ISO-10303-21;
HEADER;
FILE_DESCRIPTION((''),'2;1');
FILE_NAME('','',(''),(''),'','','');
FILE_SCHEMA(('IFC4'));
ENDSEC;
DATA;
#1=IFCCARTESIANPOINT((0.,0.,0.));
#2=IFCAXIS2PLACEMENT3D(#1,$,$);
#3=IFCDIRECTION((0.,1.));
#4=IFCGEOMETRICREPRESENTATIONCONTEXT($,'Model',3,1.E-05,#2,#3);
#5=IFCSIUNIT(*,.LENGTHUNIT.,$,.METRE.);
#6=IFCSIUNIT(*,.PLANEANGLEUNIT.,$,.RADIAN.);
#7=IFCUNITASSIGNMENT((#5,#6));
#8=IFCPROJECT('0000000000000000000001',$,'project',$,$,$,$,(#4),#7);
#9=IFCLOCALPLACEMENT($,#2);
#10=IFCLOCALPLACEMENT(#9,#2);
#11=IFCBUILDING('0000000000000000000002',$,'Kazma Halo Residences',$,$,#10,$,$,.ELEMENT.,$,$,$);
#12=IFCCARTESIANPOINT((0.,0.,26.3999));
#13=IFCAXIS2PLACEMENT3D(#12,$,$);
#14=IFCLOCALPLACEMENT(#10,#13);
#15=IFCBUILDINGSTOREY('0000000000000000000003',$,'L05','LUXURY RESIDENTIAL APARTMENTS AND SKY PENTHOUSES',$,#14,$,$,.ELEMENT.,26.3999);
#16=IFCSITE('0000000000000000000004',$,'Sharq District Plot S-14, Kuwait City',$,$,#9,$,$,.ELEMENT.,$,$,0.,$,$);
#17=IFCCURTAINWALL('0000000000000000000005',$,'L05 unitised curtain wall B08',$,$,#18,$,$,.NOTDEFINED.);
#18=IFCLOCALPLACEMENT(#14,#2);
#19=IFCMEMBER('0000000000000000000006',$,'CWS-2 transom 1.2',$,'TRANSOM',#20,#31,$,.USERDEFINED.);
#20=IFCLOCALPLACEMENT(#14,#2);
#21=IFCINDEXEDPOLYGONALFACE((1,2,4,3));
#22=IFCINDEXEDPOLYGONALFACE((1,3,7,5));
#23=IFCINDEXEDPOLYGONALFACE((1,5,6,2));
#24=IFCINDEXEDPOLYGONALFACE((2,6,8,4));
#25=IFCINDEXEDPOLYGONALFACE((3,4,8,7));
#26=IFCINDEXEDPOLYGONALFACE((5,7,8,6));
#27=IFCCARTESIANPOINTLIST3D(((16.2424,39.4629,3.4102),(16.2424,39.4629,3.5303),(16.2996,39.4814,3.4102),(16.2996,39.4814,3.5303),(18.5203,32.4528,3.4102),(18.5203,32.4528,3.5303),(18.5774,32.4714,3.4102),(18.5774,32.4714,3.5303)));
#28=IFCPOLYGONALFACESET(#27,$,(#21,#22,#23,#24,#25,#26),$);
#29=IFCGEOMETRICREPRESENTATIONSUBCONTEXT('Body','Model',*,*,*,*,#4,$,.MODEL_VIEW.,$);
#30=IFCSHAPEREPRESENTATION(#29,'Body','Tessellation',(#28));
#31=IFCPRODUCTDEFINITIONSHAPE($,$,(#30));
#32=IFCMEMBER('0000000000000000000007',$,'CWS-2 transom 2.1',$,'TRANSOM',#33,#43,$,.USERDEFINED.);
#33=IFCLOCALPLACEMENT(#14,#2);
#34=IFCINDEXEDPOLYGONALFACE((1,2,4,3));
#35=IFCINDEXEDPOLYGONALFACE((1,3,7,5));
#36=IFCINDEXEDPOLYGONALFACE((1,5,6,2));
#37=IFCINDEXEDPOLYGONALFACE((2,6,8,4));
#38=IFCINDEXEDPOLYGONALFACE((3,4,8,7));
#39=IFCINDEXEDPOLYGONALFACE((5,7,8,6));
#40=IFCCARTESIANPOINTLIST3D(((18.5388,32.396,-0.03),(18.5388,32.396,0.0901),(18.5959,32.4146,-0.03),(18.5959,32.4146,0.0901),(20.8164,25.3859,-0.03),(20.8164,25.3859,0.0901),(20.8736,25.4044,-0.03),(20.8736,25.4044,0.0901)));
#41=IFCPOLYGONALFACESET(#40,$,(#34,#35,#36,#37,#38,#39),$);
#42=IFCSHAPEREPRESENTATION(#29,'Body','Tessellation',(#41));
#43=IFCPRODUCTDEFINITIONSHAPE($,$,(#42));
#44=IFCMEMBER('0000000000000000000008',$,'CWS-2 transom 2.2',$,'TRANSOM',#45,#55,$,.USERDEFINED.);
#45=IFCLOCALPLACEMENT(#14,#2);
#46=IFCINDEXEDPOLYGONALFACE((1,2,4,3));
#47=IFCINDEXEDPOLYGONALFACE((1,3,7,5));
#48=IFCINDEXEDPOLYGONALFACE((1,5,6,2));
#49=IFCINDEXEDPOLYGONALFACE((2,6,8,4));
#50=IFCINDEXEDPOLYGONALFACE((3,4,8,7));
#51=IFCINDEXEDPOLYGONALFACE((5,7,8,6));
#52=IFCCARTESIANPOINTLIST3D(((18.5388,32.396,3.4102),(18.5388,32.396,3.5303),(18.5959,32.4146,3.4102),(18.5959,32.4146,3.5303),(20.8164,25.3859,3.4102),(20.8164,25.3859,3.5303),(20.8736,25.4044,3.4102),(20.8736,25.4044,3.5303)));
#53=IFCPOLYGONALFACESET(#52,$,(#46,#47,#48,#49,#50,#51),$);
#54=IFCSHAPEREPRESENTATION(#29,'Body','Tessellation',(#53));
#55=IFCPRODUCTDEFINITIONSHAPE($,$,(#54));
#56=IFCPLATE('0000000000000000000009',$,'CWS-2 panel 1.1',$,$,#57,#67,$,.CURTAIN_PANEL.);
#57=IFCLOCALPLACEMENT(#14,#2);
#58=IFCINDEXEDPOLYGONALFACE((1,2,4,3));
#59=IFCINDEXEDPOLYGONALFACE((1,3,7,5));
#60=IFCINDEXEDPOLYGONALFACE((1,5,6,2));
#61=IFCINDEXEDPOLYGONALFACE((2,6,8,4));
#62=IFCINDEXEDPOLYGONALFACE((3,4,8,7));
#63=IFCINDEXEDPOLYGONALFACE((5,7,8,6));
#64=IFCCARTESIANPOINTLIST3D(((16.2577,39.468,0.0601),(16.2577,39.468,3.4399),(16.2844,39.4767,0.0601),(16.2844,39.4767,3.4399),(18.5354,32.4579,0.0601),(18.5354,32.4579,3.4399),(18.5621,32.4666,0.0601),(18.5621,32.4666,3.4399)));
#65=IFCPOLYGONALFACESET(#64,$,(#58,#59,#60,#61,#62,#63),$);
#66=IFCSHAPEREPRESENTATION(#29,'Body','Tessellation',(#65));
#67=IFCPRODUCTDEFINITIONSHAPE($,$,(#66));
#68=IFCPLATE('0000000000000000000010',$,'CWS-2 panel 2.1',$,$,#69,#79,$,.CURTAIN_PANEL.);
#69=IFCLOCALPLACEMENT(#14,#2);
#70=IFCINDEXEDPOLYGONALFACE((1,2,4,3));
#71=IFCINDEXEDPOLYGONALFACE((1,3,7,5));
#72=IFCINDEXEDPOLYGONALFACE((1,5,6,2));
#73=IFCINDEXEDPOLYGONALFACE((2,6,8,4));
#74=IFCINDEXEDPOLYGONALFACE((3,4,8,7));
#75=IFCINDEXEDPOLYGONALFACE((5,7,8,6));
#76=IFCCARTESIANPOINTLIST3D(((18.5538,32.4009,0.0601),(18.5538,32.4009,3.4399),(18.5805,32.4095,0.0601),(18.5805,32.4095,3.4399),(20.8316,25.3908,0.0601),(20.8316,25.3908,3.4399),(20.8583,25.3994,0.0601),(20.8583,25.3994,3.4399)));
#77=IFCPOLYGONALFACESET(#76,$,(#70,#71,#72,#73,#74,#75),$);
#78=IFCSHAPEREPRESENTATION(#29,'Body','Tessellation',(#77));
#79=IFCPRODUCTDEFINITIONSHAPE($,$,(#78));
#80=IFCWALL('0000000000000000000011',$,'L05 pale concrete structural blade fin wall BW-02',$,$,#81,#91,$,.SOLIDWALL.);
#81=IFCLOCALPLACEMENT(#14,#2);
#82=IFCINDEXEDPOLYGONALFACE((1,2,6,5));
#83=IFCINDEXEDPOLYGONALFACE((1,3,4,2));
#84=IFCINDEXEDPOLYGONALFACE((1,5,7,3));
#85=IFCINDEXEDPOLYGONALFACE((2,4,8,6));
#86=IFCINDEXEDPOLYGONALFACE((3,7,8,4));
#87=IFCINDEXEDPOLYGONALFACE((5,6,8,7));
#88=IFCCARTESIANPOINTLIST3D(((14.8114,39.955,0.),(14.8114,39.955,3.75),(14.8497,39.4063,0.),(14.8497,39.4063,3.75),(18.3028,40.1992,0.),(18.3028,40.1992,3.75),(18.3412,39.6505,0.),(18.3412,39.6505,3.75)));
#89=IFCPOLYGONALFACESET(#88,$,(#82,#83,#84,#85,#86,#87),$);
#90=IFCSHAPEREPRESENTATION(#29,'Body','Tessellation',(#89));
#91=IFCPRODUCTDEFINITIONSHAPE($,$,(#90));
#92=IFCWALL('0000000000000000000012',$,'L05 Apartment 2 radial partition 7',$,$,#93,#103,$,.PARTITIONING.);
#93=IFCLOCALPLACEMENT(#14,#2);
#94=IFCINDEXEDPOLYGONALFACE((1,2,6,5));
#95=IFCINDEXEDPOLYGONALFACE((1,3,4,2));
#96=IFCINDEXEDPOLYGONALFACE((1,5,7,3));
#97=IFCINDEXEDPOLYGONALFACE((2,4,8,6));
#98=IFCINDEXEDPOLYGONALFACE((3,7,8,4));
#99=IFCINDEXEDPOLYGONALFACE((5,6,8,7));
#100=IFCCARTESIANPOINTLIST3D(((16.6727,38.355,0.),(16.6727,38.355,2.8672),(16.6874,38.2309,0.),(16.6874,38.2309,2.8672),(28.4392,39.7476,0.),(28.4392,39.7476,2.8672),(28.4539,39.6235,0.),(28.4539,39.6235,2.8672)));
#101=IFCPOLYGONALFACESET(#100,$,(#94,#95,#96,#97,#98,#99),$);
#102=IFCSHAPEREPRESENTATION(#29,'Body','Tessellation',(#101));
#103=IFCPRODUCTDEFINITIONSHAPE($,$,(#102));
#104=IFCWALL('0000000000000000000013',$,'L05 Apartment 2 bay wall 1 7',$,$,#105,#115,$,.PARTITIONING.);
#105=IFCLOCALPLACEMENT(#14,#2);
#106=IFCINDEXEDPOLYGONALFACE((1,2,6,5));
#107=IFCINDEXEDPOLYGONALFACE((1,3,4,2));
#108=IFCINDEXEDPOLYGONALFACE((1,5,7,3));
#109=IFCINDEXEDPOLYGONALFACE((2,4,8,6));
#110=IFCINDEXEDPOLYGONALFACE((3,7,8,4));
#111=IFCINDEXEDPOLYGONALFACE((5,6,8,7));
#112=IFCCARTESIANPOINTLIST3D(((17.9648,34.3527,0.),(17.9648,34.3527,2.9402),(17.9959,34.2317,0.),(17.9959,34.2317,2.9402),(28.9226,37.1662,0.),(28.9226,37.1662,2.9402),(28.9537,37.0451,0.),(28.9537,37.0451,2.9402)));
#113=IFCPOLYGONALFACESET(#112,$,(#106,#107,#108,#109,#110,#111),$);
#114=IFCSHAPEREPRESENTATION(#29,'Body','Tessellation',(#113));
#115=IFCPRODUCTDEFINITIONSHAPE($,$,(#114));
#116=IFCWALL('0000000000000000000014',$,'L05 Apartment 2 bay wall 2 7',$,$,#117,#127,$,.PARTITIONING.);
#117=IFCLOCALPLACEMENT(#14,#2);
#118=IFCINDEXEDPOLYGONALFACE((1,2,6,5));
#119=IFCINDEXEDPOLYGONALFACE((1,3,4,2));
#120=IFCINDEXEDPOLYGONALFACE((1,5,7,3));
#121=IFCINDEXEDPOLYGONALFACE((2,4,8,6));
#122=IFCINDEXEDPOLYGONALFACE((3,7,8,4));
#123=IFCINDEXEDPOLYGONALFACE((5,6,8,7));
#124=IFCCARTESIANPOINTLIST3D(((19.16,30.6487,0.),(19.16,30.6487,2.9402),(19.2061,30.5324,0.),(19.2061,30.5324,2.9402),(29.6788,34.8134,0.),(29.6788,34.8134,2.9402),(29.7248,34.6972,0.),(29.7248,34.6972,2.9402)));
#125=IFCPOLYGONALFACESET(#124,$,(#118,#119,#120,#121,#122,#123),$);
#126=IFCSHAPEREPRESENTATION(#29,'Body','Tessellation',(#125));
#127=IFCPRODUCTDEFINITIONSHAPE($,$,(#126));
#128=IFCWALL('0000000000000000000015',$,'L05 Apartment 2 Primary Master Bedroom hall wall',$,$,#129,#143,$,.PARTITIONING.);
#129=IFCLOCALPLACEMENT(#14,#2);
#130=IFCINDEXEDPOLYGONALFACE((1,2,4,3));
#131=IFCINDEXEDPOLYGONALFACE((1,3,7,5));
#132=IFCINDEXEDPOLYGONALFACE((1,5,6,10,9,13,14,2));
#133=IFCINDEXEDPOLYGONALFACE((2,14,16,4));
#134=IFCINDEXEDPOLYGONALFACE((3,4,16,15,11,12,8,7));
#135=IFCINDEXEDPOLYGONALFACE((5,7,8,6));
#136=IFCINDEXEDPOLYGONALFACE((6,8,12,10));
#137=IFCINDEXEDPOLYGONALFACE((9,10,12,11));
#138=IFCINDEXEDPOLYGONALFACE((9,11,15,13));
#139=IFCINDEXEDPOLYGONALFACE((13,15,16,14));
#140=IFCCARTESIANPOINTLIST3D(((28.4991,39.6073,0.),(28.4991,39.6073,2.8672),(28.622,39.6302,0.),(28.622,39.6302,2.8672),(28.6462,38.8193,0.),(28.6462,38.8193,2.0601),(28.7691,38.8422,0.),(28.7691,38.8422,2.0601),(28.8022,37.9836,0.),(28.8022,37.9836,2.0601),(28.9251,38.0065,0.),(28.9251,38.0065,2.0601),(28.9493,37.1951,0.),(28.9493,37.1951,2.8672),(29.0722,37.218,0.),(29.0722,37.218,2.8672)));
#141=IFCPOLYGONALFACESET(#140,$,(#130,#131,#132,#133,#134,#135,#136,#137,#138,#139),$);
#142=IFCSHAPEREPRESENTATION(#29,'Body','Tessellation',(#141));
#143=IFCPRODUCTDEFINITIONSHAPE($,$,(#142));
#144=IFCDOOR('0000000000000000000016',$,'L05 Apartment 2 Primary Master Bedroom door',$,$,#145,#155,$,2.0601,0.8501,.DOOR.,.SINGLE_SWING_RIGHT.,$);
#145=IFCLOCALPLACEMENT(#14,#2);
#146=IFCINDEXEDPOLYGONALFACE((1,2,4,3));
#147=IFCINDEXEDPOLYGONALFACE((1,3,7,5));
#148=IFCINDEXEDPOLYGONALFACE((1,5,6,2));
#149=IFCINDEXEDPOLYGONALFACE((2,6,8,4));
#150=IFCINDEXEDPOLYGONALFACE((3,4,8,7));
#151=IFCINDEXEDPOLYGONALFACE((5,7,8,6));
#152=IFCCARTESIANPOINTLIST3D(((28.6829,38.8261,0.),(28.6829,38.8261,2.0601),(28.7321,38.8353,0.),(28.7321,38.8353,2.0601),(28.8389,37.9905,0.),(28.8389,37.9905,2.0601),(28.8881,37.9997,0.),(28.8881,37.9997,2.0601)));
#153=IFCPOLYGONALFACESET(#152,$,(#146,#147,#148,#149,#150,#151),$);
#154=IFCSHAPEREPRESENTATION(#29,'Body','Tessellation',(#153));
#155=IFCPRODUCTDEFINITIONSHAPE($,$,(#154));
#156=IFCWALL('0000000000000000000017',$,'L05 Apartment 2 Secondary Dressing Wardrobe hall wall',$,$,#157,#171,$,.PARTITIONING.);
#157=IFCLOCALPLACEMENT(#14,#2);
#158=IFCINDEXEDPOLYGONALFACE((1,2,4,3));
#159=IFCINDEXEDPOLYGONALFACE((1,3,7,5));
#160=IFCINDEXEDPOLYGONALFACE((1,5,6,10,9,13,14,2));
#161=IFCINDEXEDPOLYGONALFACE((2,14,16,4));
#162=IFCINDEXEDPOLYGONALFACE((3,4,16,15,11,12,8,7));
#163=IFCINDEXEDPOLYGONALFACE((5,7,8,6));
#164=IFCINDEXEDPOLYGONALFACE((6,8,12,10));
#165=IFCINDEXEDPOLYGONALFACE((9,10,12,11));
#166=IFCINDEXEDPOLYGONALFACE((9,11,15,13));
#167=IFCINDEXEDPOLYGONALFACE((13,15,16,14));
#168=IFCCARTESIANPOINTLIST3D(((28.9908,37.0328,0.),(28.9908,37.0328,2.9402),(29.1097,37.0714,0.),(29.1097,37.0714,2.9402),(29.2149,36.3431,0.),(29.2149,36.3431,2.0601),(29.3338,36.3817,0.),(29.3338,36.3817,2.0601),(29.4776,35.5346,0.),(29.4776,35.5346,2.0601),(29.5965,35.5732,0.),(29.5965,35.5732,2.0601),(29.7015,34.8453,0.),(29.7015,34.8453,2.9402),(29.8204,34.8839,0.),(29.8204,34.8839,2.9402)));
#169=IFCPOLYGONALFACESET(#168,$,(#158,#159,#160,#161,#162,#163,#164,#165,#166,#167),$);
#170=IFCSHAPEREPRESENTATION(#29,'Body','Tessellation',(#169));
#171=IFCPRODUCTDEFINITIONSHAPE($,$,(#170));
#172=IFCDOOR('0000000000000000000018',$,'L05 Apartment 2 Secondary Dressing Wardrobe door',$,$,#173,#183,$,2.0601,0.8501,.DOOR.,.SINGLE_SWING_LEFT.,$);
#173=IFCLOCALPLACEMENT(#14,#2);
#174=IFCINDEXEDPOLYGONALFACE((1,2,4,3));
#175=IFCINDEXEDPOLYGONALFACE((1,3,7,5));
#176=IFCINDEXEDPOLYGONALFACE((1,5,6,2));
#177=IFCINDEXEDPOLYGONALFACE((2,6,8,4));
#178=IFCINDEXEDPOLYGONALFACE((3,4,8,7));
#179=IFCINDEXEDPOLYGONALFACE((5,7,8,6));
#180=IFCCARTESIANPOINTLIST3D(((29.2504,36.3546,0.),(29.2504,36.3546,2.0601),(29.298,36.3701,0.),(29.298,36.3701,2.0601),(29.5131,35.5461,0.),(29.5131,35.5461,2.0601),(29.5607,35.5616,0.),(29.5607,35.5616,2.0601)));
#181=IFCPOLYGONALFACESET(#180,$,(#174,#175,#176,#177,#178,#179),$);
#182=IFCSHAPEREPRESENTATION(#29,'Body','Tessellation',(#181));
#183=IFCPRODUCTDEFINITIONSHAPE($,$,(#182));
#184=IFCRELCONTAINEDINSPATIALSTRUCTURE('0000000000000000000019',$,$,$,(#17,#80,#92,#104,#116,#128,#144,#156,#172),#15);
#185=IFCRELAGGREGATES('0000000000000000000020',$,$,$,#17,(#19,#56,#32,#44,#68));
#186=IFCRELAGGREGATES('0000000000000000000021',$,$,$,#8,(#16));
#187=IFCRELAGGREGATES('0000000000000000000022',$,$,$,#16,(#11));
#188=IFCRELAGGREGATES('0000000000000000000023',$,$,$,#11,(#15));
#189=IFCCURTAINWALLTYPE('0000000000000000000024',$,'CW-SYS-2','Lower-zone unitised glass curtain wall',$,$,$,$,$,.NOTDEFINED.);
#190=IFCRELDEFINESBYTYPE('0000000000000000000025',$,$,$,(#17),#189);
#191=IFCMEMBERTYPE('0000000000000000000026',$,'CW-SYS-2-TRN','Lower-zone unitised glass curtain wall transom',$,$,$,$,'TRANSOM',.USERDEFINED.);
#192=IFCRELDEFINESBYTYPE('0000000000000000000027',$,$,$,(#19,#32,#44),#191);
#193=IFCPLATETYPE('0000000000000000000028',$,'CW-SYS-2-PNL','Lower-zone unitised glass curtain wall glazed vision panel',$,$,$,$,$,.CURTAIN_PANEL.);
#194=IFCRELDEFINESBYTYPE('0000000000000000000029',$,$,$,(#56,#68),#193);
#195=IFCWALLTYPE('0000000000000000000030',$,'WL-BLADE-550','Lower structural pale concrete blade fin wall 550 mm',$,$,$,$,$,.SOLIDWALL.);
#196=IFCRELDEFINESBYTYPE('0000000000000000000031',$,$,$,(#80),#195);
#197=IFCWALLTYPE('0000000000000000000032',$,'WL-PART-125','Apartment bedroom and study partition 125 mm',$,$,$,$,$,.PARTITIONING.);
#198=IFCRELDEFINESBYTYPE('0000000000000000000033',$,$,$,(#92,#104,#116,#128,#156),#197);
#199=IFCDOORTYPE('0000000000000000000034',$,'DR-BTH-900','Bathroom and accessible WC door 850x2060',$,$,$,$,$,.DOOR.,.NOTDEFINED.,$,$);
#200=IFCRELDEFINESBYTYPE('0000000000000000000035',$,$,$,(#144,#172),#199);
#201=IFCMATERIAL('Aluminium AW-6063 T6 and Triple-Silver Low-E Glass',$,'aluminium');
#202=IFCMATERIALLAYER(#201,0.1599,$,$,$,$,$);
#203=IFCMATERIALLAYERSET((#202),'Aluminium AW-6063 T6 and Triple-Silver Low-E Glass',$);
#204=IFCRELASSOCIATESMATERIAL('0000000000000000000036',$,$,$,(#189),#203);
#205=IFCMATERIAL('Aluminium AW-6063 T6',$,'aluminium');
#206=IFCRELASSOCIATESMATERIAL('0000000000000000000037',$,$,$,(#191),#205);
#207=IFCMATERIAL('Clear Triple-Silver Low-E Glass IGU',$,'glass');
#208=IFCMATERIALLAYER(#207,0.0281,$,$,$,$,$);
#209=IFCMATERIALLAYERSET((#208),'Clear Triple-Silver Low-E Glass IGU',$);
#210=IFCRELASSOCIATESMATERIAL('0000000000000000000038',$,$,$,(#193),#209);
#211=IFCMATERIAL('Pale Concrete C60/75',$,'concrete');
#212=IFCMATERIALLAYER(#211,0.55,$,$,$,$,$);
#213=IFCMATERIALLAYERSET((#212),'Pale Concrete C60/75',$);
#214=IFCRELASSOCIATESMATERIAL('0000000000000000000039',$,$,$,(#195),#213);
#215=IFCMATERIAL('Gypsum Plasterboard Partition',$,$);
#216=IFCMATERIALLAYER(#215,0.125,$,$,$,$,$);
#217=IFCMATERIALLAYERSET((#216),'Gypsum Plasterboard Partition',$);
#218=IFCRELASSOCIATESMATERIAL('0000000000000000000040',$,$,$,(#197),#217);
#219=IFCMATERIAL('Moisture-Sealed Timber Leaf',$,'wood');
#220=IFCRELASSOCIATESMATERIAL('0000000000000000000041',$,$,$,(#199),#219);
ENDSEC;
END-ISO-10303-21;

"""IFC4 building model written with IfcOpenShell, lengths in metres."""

from ifc_helpers import new_model, si_unit, direction, frame, frame_2d, origin, origin_2d, place, context, subcontext, project, spatial, rectangle, extrude, material, layer, layer_set, material_profile, profile_set, type_object, element, fill, aggregate, save


model = new_model("IFC4")

# Units and contexts
model_context = context("Model", 3, precision=1e-05, world=origin(), true_north=direction((0.0, 1.0)))
body_context = subcontext(model_context, "Body", "Model", "MODEL_VIEW")
ifc_project = project(units=[si_unit("LENGTHUNIT", "METRE"), si_unit("PLANEANGLEUNIT", "RADIAN")], contexts=[model_context])

# Site, building, storey
site_placement = place(None, origin())
site = spatial("IfcSite", under=ifc_project, at=site_placement, Name="Sharq District Plot S-14, Kuwait City", CompositionType="ELEMENT", RefElevation=0.0)
building_placement = place(site_placement, origin())
building = spatial("IfcBuilding", under=site, at=building_placement, Name="Kazma Halo Residences", CompositionType="ELEMENT")
storey_placement = place(building_placement, frame((0.0, 0.0, 26.3999)))
storey = spatial("IfcBuildingStorey", under=building, at=storey_placement, Name="L05", Description="LUXURY RESIDENTIAL APARTMENTS AND SKY PENTHOUSES", CompositionType="ELEMENT", Elevation=26.3999)

# Curtain wall, members, plates
ifc_material_1 = material(Name="Aluminium AW-6063 T6 and Triple-Silver Low-E Glass", Category="aluminium")
ifc_layer_1 = layer(ifc_material_1, 0.1599)
ifc_layer_set_1 = layer_set([ifc_layer_1], Name="Aluminium AW-6063 T6 and Triple-Silver Low-E Glass")
curtain_wall_type = type_object("IfcCurtainWallType", Name="CW-SYS-2", Description="Lower-zone unitised glass curtain wall", PredefinedType="NOTDEFINED", material=ifc_layer_set_1)
curtain_wall_placement = place(storey_placement, origin())
curtain_wall = element("IfcCurtainWall", 1, at=curtain_wall_placement, inside=storey, type_object=curtain_wall_type, Name="L05 unitised curtain wall B08", PredefinedType="NOTDEFINED")
ifc_material_2 = material(Name="Aluminium AW-6063 T6", Category="aluminium")
ifc_material_profile_1 = material_profile(ifc_material_2, rectangle(XDim=0.0601, YDim=0.1201, at=origin_2d()), Name="CWT-60x120")
ifc_profile_set_1 = profile_set([ifc_material_profile_1], Name="Aluminium AW-6063 T6")
member_type_1 = type_object("IfcMemberType", Name="CW-SYS-2-TRN", Description="Lower-zone unitised glass curtain wall transom", ElementType="TRANSOM", PredefinedType="USERDEFINED", material=ifc_profile_set_1)
member_1_placement = place(storey_placement, frame((16.271, 39.4722, 3.4702), z_axis=(0.309034, -0.951051, 0.0), x_axis=(0.951051, 0.309034, 0.0)))
member_1 = element("IfcMember", 2, at=member_1_placement, type_object=member_type_1, Name="CWS-2 transom 1.2", ObjectType="TRANSOM", PredefinedType="USERDEFINED", context=body_context, shape_type="SweptSolid", body=[
    extrude(rectangle(XDim=0.0601, YDim=0.1201, at=origin_2d()), origin(), (0.0, 0.0, 1.0), 7.3708),
])
member_2_placement = place(storey_placement, frame((18.5674, 32.4053, 0.03), z_axis=(0.309004, -0.951061, 0.0), x_axis=(0.951061, 0.309004, 0.0)))
member_2 = element("IfcMember", 3, at=member_2_placement, type_object=member_type_1, Name="CWS-2 transom 2.1", ObjectType="TRANSOM", PredefinedType="USERDEFINED", context=body_context, shape_type="SweptSolid", body=[
    extrude(rectangle(XDim=0.0601, YDim=0.1201, at=origin_2d()), origin(), (0.0, 0.0, 1.0), 7.3708),
])
member_3_placement = place(storey_placement, frame((18.5674, 32.4053, 3.4702), z_axis=(0.309004, -0.951061, 0.0), x_axis=(0.951061, 0.309004, 0.0)))
member_3 = element("IfcMember", 4, at=member_3_placement, type_object=member_type_1, Name="CWS-2 transom 2.2", ObjectType="TRANSOM", PredefinedType="USERDEFINED", context=body_context, shape_type="SweptSolid", body=[
    extrude(rectangle(XDim=0.0601, YDim=0.1201, at=origin_2d()), origin(), (0.0, 0.0, 1.0), 7.3708),
])
ifc_material_3 = material(Name="Clear Triple-Silver Low-E Glass IGU", Category="glass")
ifc_layer_2 = layer(ifc_material_3, 0.0281)
ifc_layer_set_2 = layer_set([ifc_layer_2], Name="Clear Triple-Silver Low-E Glass IGU")
plate_type = type_object("IfcPlateType", Name="CW-SYS-2-PNL", Description="Lower-zone unitised glass curtain wall glazed vision panel", PredefinedType="CURTAIN_PANEL", material=ifc_layer_set_2)
plate_1_placement = place(storey_placement, frame((17.4099, 35.9673, 0.0601), z_axis=(0.0, 0.0, 1.0), x_axis=(0.309017, -0.951057, 0.0)))
plate_1 = element("IfcPlate", 5, at=plate_1_placement, type_object=plate_type, Name="CWS-2 panel 1.1", PredefinedType="CURTAIN_PANEL", context=body_context, shape_type="SweptSolid", body=[
    extrude(rectangle(XDim=7.3708, YDim=0.0281, at=origin_2d()), origin(), (0.0, 0.0, 1.0), 3.3799),
])
plate_2_placement = place(storey_placement, frame((19.7061, 28.9001, 0.0601), z_axis=(0.0, 0.0, 1.0), x_axis=(0.309017, -0.951057, 0.0)))
plate_2 = element("IfcPlate", 6, at=plate_2_placement, type_object=plate_type, Name="CWS-2 panel 2.1", PredefinedType="CURTAIN_PANEL", context=body_context, shape_type="SweptSolid", body=[
    extrude(rectangle(XDim=7.3708, YDim=0.0281, at=origin_2d()), origin(), (0.0, 0.0, 1.0), 3.3799),
])
aggregate(curtain_wall, [member_1, plate_1, member_2, member_3, plate_2])

# Walls
ifc_material_4 = material(Name="Pale Concrete C60/75", Category="concrete")
ifc_layer_3 = layer(ifc_material_4, 0.55)
ifc_layer_set_3 = layer_set([ifc_layer_3], Name="Pale Concrete C60/75")
wall_type_1 = type_object("IfcWallType", Name="WL-BLADE-550", Description="Lower structural pale concrete blade fin wall 550 mm", PredefinedType="SOLIDWALL", material=ifc_layer_set_3)
wall_1_placement = place(storey_placement, frame((18.322, 39.9248, 0.0), z_axis=(0.0, 0.0, 1.0), x_axis=(-0.997564, -0.069755, 0.0)))
element("IfcWall", 7, at=wall_1_placement, inside=storey, type_object=wall_type_1, Name="L05 pale concrete structural blade fin wall BW-02", PredefinedType="SOLIDWALL", context=body_context, shape_type="SweptSolid", body=[
    extrude(rectangle(XDim=3.5, YDim=0.55, at=frame_2d((1.75, 0.0))), origin(), (0.0, 0.0, 1.0), 3.75),
])
ifc_material_5 = material(Name="Gypsum Plasterboard Partition")
ifc_layer_4 = layer(ifc_material_5, 0.125)
ifc_layer_set_4 = layer_set([ifc_layer_4], Name="Gypsum Plasterboard Partition")
wall_type_2 = type_object("IfcWallType", Name="WL-PART-125", Description="Apartment bedroom and study partition 125 mm", PredefinedType="PARTITIONING", material=ifc_layer_set_4)
wall_2_placement = place(storey_placement, frame((28.4465, 39.6855, 0.0), z_axis=(0.0, 0.0, 1.0), x_axis=(-0.993069, -0.11753, 0.0)))
element("IfcWall", 8, at=wall_2_placement, inside=storey, type_object=wall_type_2, Name="L05 Apartment 2 radial partition 7", PredefinedType="PARTITIONING", context=body_context, shape_type="SweptSolid", body=[
    extrude(rectangle(XDim=11.8486, YDim=0.125, at=frame_2d((5.9243, 0.0))), origin(), (0.0, 0.0, 1.0), 2.8672),
])
for number, where, z_axis, x_axis, name in (
    (9, (28.9382, 37.1057, 0.0), (0.0, 0.0, 1.0), (-0.968583, -0.24869, 0.0), "L05 Apartment 2 bay wall 1 7"),
    (10, (29.7019, 34.7554, 0.0), (0.0, 0.0, 1.0), (-0.929773, -0.368133, 0.0), "L05 Apartment 2 bay wall 2 7"),
):
    element("IfcWall", number, at=place(storey_placement, frame(where, z_axis=z_axis, x_axis=x_axis)), inside=storey, type_object=wall_type_2, Name=name, PredefinedType="PARTITIONING", context=body_context, shape_type="SweptSolid", body=[
        extrude(rectangle(XDim=11.3132, YDim=0.125, at=frame_2d((5.6567, 0.0))), origin(), (0.0, 0.0, 1.0), 2.9402),
    ])

# Walls, openings, doors
wall_3_placement = place(storey_placement, frame((28.5605, 39.6189, 0.0), z_axis=(0.0, 0.0, 1.0), x_axis=(0.183471, -0.983025, 0.0)))
wall_3 = element("IfcWall", 11, at=wall_3_placement, inside=storey, type_object=wall_type_2, Name="L05 Apartment 2 Primary Master Bedroom hall wall", PredefinedType="PARTITIONING", context=body_context, shape_type="SweptSolid", body=[
    extrude(rectangle(XDim=2.4539, YDim=0.125, at=frame_2d((1.2271, 0.0))), origin(), (0.0, 0.0, 1.0), 2.8672),
])
opening_1_placement = place(wall_3_placement, frame((0.8018, 0.0, 0.0)))
opening_1 = element("IfcOpeningElement", 12, at=opening_1_placement, cuts=wall_3, PredefinedType="OPENING", context=body_context, shape_type="SweptSolid", body=[
    extrude(rectangle(XDim=0.8501, YDim=2.0601, at=frame_2d((0.425, 1.03))), frame((0.0, 0.0725, 0.0), z_axis=(0.0, -1.0, 0.0), x_axis=(1.0, 0.0, 0.0)), (0.0, 0.0, 1.0), 0.145),
])
ifc_material_6 = material(Name="Moisture-Sealed Timber Leaf", Category="wood")
door_type = type_object("IfcDoorType", Name="DR-BTH-900", Description="Bathroom and accessible WC door 850x2060", OperationType="NOTDEFINED", PredefinedType="DOOR", material=ifc_material_6)
door_1_placement = place(opening_1_placement, origin())
door_1 = element("IfcDoor", 13, at=door_1_placement, inside=storey, type_object=door_type, Name="L05 Apartment 2 Primary Master Bedroom door", OperationType="SINGLE_SWING_RIGHT", OverallHeight=2.0601, OverallWidth=0.8501, PredefinedType="DOOR", context=body_context, shape_type="SweptSolid", body=[
    extrude(rectangle(XDim=0.8501, YDim=2.0601, at=frame_2d((0.425, 1.03))), frame((0.0, 0.0249, 0.0), z_axis=(0.0, -1.0, 0.0), x_axis=(1.0, 0.0, 0.0)), (0.0, 0.0, 1.0), 0.05),
])
fill(opening_1, door_1)
wall_4_placement = place(storey_placement, frame((29.0503, 37.052, 0.0), z_axis=(0.0, 0.0, 1.0), x_axis=(0.30899, -0.951065, 0.0)))
wall_4 = element("IfcWall", 14, at=wall_4_placement, inside=storey, type_object=wall_type_2, Name="L05 Apartment 2 Secondary Dressing Wardrobe hall wall", PredefinedType="PARTITIONING", context=body_context, shape_type="SweptSolid", body=[
    extrude(rectangle(XDim=2.3, YDim=0.125, at=frame_2d((1.1499, 0.0))), origin(), (0.0, 0.0, 1.0), 2.9402),
])
opening_2_placement = place(wall_4_placement, frame((0.7251, 0.0, 0.0)))
opening_2 = element("IfcOpeningElement", 15, at=opening_2_placement, cuts=wall_4, PredefinedType="OPENING", context=body_context, shape_type="SweptSolid", body=[
    extrude(rectangle(XDim=0.8501, YDim=2.0601, at=frame_2d((0.425, 1.03))), frame((0.0, 0.0725, 0.0), z_axis=(0.0, -1.0, 0.0), x_axis=(1.0, 0.0, 0.0)), (0.0, 0.0, 1.0), 0.145),
])
door_2_placement = place(opening_2_placement, origin())
door_2 = element("IfcDoor", 16, at=door_2_placement, inside=storey, type_object=door_type, Name="L05 Apartment 2 Secondary Dressing Wardrobe door", OperationType="SINGLE_SWING_LEFT", OverallHeight=2.0601, OverallWidth=0.8501, PredefinedType="DOOR", context=body_context, shape_type="SweptSolid", body=[
    extrude(rectangle(XDim=0.8501, YDim=2.0601, at=frame_2d((0.425, 1.03))), frame((0.0, 0.0249, 0.0), z_axis=(0.0, -1.0, 0.0), x_axis=(1.0, 0.0, 0.0)), (0.0, 0.0, 1.0), 0.05),
])
fill(opening_2, door_2)

save(model, "model.ifc")
